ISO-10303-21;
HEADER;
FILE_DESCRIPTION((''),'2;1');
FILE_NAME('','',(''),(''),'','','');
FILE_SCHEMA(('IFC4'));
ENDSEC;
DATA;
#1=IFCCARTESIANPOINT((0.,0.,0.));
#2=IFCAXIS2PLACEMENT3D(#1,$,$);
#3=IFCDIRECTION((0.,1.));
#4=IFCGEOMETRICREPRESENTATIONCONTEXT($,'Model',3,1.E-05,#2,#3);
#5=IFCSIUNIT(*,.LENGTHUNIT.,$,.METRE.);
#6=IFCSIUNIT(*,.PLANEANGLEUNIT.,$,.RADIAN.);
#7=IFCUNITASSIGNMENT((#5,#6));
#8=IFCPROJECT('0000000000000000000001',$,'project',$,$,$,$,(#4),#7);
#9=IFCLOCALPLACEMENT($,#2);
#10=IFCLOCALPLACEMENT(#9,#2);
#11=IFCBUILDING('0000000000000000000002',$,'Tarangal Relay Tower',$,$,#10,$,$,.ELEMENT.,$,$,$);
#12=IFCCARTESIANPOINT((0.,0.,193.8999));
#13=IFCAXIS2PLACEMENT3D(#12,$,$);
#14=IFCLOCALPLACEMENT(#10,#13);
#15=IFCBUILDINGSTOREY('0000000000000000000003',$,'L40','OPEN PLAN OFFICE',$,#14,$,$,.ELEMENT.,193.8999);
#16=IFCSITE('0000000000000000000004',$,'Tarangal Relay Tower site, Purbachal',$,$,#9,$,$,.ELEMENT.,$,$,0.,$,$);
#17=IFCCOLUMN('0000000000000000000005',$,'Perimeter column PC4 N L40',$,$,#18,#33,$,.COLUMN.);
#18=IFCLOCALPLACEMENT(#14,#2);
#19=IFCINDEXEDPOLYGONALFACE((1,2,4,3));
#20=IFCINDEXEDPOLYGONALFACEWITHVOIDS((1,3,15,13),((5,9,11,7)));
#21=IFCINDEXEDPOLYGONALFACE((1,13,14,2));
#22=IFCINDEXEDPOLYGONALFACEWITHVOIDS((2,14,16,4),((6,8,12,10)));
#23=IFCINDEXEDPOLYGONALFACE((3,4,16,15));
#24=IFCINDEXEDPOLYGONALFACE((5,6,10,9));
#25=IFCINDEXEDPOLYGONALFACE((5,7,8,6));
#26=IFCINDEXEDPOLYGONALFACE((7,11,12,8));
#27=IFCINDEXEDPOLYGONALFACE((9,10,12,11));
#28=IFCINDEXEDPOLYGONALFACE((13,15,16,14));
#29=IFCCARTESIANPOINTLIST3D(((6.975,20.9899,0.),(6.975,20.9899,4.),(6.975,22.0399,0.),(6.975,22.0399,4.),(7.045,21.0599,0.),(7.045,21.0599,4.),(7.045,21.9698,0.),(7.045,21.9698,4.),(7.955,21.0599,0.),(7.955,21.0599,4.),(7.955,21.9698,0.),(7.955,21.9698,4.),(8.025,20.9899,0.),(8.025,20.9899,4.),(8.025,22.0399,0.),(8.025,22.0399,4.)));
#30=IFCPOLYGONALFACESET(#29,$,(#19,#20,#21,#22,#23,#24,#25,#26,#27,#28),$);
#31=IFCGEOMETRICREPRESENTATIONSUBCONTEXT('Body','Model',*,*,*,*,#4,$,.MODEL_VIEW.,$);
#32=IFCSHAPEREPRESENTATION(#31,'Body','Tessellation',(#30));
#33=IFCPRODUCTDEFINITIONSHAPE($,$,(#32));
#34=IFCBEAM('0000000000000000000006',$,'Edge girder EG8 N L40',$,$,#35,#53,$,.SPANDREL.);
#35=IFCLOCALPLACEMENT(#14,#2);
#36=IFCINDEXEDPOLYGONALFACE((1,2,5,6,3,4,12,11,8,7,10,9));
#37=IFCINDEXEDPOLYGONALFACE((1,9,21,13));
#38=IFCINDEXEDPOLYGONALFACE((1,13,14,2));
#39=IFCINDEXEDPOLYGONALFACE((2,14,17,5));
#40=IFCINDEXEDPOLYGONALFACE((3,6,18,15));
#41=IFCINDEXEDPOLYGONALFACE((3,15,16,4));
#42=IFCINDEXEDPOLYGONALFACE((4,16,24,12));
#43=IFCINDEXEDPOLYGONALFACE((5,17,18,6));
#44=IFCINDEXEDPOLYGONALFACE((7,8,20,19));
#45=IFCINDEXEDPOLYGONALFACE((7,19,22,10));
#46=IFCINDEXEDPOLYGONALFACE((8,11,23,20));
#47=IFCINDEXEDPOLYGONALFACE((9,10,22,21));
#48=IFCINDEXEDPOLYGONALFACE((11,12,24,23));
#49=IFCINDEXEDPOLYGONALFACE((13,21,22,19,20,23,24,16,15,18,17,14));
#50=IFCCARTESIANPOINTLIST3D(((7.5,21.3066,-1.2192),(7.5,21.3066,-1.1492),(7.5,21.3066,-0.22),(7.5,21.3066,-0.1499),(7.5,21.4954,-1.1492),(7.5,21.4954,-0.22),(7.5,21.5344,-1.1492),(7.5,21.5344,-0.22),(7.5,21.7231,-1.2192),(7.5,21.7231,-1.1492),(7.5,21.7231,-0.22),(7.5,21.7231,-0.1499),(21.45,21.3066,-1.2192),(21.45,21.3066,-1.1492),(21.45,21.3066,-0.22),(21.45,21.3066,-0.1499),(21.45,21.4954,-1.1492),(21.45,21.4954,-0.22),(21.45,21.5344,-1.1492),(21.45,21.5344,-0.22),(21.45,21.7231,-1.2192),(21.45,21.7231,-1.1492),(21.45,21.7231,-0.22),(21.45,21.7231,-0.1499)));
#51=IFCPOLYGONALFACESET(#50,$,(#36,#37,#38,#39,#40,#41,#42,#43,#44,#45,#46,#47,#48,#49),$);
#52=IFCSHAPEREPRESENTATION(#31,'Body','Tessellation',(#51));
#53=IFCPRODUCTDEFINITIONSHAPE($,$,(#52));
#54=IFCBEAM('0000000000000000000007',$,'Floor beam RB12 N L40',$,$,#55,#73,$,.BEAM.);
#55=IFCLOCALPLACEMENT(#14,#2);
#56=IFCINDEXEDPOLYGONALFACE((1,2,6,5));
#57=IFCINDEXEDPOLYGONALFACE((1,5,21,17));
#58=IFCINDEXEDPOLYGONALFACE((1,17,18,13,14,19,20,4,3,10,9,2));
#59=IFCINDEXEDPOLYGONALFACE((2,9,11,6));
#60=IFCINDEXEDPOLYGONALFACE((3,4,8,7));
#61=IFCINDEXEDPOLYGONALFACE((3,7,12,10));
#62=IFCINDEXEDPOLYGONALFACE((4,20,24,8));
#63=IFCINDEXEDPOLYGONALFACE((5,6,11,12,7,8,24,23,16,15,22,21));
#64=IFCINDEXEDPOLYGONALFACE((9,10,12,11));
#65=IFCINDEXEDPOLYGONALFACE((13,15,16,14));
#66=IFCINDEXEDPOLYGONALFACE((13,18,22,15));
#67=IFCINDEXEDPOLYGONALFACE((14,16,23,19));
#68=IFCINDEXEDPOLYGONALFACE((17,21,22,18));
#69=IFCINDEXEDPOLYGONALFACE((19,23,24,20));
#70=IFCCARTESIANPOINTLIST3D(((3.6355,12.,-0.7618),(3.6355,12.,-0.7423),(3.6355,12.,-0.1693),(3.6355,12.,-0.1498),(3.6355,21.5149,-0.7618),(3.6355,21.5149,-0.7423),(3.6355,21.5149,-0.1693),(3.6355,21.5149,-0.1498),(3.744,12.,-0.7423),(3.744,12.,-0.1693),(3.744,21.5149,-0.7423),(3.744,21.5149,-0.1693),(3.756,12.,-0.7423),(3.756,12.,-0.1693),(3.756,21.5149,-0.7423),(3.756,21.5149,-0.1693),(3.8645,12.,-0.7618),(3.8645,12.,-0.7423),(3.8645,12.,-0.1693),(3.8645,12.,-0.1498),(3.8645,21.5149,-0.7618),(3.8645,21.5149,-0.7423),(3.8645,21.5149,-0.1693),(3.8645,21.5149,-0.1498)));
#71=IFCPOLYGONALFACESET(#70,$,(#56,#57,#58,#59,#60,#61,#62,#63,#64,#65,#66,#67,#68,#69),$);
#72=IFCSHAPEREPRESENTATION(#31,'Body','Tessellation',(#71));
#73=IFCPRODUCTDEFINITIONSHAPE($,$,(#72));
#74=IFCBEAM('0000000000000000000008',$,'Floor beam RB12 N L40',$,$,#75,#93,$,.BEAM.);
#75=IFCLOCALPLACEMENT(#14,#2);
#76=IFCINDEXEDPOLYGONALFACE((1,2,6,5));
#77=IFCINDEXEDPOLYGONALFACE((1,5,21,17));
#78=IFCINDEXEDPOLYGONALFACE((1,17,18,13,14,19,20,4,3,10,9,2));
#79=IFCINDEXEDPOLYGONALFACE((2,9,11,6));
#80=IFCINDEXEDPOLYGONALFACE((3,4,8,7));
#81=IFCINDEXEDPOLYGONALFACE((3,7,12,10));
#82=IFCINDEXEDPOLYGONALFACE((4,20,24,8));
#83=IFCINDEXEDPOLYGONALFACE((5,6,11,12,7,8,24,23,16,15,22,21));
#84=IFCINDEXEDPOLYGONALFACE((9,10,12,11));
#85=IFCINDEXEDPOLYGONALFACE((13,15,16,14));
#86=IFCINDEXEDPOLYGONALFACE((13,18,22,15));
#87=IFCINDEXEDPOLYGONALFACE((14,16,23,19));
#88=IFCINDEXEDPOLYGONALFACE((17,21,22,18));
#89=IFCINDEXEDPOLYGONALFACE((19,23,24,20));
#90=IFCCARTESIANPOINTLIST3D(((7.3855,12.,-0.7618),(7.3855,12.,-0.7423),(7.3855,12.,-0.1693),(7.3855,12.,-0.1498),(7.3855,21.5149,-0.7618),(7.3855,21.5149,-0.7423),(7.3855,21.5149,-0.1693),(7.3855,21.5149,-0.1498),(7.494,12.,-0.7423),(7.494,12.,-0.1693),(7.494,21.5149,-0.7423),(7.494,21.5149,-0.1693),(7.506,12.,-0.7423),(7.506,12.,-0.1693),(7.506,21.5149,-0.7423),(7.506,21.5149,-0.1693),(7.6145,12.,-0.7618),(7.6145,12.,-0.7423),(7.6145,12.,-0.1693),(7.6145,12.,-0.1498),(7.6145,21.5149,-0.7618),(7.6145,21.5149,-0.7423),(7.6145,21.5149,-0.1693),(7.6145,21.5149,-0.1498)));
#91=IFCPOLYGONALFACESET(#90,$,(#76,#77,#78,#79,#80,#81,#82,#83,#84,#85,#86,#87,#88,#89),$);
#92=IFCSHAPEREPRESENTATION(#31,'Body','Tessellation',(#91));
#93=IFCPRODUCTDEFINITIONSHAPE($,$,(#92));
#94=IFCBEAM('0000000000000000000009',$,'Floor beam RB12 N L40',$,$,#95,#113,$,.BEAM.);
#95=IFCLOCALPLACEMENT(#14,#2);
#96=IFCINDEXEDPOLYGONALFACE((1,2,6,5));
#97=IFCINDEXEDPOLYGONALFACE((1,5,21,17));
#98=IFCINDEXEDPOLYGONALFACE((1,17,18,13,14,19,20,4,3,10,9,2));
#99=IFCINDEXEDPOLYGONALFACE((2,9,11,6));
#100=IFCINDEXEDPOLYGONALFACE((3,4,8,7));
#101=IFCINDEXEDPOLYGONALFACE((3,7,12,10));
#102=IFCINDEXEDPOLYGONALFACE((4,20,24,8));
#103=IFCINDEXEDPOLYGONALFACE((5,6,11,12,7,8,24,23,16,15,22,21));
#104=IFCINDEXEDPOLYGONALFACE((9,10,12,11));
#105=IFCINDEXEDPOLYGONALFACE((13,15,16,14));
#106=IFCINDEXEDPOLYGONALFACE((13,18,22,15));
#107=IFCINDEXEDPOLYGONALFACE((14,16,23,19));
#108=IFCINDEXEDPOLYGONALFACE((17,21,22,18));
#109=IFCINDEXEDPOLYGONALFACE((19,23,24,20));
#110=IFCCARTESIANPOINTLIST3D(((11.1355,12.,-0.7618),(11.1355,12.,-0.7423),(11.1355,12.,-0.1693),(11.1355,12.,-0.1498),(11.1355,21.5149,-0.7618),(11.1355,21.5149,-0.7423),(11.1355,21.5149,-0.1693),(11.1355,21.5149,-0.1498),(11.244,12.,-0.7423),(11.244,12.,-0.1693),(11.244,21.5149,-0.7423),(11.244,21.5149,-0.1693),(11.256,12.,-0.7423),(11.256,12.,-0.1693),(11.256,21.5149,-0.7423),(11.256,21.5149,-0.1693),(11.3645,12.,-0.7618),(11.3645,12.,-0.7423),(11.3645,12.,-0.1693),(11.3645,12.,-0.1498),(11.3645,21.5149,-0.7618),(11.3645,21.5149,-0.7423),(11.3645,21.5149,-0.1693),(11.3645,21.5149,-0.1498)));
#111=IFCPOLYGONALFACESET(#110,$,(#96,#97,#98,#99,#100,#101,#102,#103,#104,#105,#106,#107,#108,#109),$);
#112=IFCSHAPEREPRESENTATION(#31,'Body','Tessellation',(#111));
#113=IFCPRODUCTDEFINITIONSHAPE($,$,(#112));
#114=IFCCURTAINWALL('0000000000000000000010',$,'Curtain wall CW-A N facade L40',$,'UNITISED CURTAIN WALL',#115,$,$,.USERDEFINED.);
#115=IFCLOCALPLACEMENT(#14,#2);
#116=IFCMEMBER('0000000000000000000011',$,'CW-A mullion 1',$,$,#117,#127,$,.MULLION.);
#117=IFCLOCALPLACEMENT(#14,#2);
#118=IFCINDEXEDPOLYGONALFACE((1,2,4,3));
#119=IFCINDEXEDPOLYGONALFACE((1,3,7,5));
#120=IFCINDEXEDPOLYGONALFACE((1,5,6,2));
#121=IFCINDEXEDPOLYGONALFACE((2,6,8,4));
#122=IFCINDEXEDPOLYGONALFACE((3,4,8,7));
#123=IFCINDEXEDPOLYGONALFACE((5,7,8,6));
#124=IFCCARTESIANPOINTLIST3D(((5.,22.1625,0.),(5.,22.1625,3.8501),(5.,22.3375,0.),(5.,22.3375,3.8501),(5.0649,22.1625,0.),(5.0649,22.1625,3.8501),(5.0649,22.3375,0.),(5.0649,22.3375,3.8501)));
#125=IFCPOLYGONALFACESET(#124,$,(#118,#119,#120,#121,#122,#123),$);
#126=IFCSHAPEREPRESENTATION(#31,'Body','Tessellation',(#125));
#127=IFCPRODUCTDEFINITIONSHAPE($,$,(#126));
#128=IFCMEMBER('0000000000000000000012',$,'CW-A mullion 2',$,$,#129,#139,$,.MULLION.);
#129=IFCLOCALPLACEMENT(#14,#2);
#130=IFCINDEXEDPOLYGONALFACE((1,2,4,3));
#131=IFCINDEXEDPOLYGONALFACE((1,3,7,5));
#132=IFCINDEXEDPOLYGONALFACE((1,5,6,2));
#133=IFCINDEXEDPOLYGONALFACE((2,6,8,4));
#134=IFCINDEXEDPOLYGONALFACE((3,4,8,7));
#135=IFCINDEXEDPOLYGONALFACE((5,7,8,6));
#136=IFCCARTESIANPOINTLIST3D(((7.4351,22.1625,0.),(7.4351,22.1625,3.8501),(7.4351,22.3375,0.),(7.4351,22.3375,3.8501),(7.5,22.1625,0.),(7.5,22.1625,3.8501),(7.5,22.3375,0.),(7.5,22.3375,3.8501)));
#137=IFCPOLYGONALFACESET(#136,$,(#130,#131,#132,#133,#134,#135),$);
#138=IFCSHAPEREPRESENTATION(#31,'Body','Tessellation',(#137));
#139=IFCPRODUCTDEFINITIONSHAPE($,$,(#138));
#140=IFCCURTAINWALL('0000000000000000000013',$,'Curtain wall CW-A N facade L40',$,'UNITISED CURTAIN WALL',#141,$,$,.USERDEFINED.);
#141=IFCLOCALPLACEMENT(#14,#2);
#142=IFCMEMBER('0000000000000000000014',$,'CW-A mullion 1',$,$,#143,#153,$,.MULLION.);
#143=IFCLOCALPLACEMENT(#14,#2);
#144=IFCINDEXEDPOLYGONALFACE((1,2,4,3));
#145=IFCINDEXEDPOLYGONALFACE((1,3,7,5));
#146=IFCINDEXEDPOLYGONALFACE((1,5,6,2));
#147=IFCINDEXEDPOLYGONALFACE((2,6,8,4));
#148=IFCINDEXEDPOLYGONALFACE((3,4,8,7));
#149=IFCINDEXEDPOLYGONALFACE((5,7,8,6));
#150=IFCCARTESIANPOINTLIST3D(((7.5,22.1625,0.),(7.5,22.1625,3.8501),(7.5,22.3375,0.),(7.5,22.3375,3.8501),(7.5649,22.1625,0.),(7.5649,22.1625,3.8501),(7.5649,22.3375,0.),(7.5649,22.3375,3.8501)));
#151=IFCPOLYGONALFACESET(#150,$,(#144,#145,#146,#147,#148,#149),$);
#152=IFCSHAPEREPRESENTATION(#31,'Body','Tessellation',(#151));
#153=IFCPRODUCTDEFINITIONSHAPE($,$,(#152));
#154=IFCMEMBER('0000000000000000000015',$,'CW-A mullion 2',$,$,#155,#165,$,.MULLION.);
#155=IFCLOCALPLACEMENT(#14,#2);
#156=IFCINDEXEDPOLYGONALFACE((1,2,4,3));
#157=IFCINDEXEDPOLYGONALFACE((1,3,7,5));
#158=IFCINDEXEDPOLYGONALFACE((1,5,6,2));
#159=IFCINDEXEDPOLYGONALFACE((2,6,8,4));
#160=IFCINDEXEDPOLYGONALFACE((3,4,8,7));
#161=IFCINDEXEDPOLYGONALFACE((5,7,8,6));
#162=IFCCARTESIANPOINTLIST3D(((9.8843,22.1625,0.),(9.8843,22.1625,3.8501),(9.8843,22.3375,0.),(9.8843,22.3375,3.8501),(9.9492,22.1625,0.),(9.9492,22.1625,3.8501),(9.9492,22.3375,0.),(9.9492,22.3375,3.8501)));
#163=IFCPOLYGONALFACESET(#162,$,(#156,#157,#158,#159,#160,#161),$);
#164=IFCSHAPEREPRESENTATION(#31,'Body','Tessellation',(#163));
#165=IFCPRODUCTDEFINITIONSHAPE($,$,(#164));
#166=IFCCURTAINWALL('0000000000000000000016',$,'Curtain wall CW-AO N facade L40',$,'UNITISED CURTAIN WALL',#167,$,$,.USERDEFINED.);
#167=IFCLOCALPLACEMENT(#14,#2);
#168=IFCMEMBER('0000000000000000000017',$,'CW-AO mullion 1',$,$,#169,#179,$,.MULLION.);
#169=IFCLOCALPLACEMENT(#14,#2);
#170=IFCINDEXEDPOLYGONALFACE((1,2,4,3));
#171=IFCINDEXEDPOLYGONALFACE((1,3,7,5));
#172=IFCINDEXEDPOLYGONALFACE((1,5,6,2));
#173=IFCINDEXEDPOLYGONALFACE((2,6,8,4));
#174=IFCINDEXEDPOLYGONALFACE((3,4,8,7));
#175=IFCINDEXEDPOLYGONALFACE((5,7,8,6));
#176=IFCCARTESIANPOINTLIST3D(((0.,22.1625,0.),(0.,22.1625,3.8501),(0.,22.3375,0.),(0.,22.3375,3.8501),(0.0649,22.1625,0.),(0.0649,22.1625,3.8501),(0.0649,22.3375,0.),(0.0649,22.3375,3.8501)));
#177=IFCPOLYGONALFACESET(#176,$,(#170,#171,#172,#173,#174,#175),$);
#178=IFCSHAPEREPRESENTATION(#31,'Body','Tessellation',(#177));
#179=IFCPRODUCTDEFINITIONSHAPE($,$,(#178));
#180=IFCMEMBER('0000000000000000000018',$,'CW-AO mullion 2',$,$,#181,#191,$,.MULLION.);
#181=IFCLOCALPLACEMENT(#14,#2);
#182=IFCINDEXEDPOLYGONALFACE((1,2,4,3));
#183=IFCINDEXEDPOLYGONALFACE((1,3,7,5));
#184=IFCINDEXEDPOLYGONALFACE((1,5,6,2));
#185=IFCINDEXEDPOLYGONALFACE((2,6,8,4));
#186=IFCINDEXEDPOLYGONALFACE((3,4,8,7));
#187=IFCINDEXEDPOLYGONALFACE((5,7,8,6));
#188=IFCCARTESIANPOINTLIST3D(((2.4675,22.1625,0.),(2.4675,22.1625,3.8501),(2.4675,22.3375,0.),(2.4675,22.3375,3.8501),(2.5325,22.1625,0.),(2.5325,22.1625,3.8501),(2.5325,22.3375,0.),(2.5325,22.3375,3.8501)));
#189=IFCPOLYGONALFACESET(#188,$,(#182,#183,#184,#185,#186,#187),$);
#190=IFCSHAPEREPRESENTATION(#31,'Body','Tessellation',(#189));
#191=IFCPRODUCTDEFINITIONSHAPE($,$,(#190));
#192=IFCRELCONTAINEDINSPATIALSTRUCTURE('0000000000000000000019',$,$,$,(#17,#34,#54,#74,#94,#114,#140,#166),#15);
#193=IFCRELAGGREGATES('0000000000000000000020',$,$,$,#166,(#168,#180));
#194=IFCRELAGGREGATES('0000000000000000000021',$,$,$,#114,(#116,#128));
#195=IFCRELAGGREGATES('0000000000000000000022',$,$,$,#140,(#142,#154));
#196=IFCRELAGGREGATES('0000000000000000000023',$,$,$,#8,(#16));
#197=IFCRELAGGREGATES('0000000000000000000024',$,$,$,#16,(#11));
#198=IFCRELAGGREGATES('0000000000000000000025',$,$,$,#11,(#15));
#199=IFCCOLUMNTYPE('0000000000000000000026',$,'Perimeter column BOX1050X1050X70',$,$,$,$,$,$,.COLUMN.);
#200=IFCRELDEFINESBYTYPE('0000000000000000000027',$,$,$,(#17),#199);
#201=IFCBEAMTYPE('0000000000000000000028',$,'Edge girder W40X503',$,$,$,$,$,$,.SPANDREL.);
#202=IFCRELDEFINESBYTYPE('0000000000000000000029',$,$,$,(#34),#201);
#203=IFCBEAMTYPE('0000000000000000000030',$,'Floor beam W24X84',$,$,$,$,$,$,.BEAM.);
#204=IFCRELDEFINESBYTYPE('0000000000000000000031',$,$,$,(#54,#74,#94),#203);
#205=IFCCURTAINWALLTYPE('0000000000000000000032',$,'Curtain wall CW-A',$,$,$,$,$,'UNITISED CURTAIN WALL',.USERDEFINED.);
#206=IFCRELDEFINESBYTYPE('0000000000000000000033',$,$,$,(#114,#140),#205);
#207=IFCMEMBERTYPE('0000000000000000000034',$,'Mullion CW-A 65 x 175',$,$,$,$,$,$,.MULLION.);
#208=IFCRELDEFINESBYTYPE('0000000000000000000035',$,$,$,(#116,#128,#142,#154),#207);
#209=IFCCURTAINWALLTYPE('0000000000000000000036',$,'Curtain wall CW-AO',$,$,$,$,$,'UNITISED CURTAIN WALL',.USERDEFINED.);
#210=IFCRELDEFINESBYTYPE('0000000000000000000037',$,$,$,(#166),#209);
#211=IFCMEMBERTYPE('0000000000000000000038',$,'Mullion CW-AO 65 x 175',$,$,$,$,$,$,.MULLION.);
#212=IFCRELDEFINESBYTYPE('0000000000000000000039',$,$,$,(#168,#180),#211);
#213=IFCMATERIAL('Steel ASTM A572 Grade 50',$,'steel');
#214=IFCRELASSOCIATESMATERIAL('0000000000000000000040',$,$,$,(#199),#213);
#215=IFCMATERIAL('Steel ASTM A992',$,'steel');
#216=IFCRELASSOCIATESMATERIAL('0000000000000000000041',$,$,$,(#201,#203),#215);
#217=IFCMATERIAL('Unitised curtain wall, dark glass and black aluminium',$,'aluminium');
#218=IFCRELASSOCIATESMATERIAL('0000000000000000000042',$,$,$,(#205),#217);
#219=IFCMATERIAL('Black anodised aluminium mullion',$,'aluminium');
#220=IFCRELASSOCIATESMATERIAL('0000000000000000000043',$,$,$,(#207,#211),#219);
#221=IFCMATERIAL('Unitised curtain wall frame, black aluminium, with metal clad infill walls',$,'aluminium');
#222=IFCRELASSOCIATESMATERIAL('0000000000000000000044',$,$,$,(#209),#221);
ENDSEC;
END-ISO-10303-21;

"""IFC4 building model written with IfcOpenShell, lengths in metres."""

from ifc_helpers import new_model, si_unit, direction, frame, origin, origin_2d, place, context, subcontext, project, spatial, rectangle, hollow_rectangle, i_section, extrude, material, material_profile, profile_set, type_object, element, aggregate, save


model = new_model("IFC4")

# Units and contexts
model_context = context("Model", 3, precision=1e-05, world=origin(), true_north=direction((0.0, 1.0)))
body_context = subcontext(model_context, "Body", "Model", "MODEL_VIEW")
ifc_project = project(units=[si_unit("LENGTHUNIT", "METRE"), si_unit("PLANEANGLEUNIT", "RADIAN")], contexts=[model_context])

# Site, building, storey
site_placement = place(None, origin())
site = spatial("IfcSite", under=ifc_project, at=site_placement, Name="Tarangal Relay Tower site, Purbachal", CompositionType="ELEMENT", RefElevation=0.0)
building_placement = place(site_placement, origin())
building = spatial("IfcBuilding", under=site, at=building_placement, Name="Tarangal Relay Tower", CompositionType="ELEMENT")
storey_placement = place(building_placement, frame((0.0, 0.0, 193.8999)))
storey = spatial("IfcBuildingStorey", under=building, at=storey_placement, Name="L40", Description="OPEN PLAN OFFICE", CompositionType="ELEMENT", Elevation=193.8999)

# Column
ifc_material_1 = material(Name="Steel ASTM A572 Grade 50", Category="steel")
ifc_material_profile_1 = material_profile(ifc_material_1, hollow_rectangle(XDim=1.05, YDim=1.05, WallThickness=0.0701, at=origin_2d()), Name="BOX1050X1050X70")
ifc_profile_set_1 = profile_set([ifc_material_profile_1], Name="Steel ASTM A572 Grade 50")
column_type = type_object("IfcColumnType", Name="Perimeter column BOX1050X1050X70", PredefinedType="COLUMN", material=ifc_profile_set_1)
column_placement = place(storey_placement, frame((7.5, 21.5149, 0.0), z_axis=(0.0, 0.0, 1.0), x_axis=(1.0, 0.0, 0.0)))
element("IfcColumn", 1, at=column_placement, inside=storey, type_object=column_type, Name="Perimeter column PC4 N L40", PredefinedType="COLUMN", context=body_context, shape_type="SweptSolid", body=[
    extrude(hollow_rectangle(XDim=1.05, YDim=1.05, WallThickness=0.0701, at=origin_2d()), origin(), (0.0, 0.0, 1.0), 4.0),
])

# Beams
ifc_material_2 = material(Name="Steel ASTM A992", Category="steel")
ifc_material_profile_2 = material_profile(ifc_material_2, i_section(OverallWidth=0.4165, OverallDepth=1.0693, WebThickness=0.0391, FlangeThickness=0.0701, at=origin_2d()), Name="W40X503")
ifc_profile_set_2 = profile_set([ifc_material_profile_2], Name="Steel ASTM A992")
beam_type_1 = type_object("IfcBeamType", Name="Edge girder W40X503", PredefinedType="SPANDREL", material=ifc_profile_set_2)
beam_placement = place(storey_placement, frame((7.5, 21.5149, -0.6846), z_axis=(1.0, 0.0, 0.0), x_axis=(0.0, 1.0, 0.0)))
element("IfcBeam", 2, at=beam_placement, inside=storey, type_object=beam_type_1, Name="Edge girder EG8 N L40", PredefinedType="SPANDREL", context=body_context, shape_type="SweptSolid", body=[
    extrude(i_section(OverallWidth=0.4165, OverallDepth=1.0693, WebThickness=0.0391, FlangeThickness=0.0701, at=origin_2d()), origin(), (0.0, 0.0, 1.0), 13.95),
])
ifc_material_profile_3 = material_profile(ifc_material_2, i_section(OverallWidth=0.229, OverallDepth=0.6121, WebThickness=0.012, FlangeThickness=0.0195, at=origin_2d()), Name="W24X84")
ifc_profile_set_3 = profile_set([ifc_material_profile_3], Name="Steel ASTM A992")
beam_type_2 = type_object("IfcBeamType", Name="Floor beam W24X84", PredefinedType="BEAM", material=ifc_profile_set_3)
for number, where, z_axis, x_axis, name in (
    (3, (3.75, 12.0, -0.4558), (0.0, 1.0, 0.0), (-1.0, 0.0, 0.0), "Floor beam RB12 N L40"),
    (4, (7.5, 12.0, -0.4558), (0.0, 1.0, 0.0), (-1.0, 0.0, 0.0), "Floor beam RB12 N L40"),
    (5, (11.25, 12.0, -0.4558), (0.0, 1.0, 0.0), (-1.0, 0.0, 0.0), "Floor beam RB12 N L40"),
):
    element("IfcBeam", number, at=place(storey_placement, frame(where, z_axis=z_axis, x_axis=x_axis)), inside=storey, type_object=beam_type_2, Name=name, PredefinedType="BEAM", context=body_context, shape_type="SweptSolid", body=[
        extrude(i_section(OverallWidth=0.229, OverallDepth=0.6121, WebThickness=0.012, FlangeThickness=0.0195, at=origin_2d()), origin(), (0.0, 0.0, 1.0), 9.5149),
    ])

# Curtain walls, members
ifc_material_3 = material(Name="Unitised curtain wall, dark glass and black aluminium", Category="aluminium")
curtain_wall_type_1 = type_object("IfcCurtainWallType", Name="Curtain wall CW-A", ElementType="UNITISED CURTAIN WALL", PredefinedType="USERDEFINED", material=ifc_material_3)
curtain_wall_1_placement = place(storey_placement, origin())
curtain_wall_1 = element("IfcCurtainWall", 6, at=curtain_wall_1_placement, inside=storey, type_object=curtain_wall_type_1, Name="Curtain wall CW-A N facade L40", ObjectType="UNITISED CURTAIN WALL", PredefinedType="USERDEFINED")
ifc_material_4 = material(Name="Black anodised aluminium mullion", Category="aluminium")
ifc_material_profile_4 = material_profile(ifc_material_4, rectangle(XDim=0.175, YDim=0.0649, at=origin_2d()), Name="CW-AM 65X175")
ifc_profile_set_4 = profile_set([ifc_material_profile_4], Name="Black anodised aluminium mullion")
member_type_1 = type_object("IfcMemberType", Name="Mullion CW-A 65 x 175", PredefinedType="MULLION", material=ifc_profile_set_4)
member_1_placement = place(storey_placement, frame((5.0325, 22.25, 0.0), z_axis=(0.0, 0.0, 1.0), x_axis=(0.0, 1.0, 0.0)))
member_1 = element("IfcMember", 7, at=member_1_placement, type_object=member_type_1, Name="CW-A mullion 1", PredefinedType="MULLION", context=body_context, shape_type="SweptSolid", body=[
    extrude(rectangle(XDim=0.175, YDim=0.0649, at=origin_2d()), origin(), (0.0, 0.0, 1.0), 3.8501),
])
member_2_placement = place(storey_placement, frame((7.4675, 22.25, 0.0), z_axis=(0.0, 0.0, 1.0), x_axis=(0.0, 1.0, 0.0)))
member_2 = element("IfcMember", 8, at=member_2_placement, type_object=member_type_1, Name="CW-A mullion 2", PredefinedType="MULLION", context=body_context, shape_type="SweptSolid", body=[
    extrude(rectangle(XDim=0.175, YDim=0.0649, at=origin_2d()), origin(), (0.0, 0.0, 1.0), 3.8501),
])
curtain_wall_2_placement = place(storey_placement, origin())
curtain_wall_2 = element("IfcCurtainWall", 9, at=curtain_wall_2_placement, inside=storey, type_object=curtain_wall_type_1, Name="Curtain wall CW-A N facade L40", ObjectType="UNITISED CURTAIN WALL", PredefinedType="USERDEFINED")
member_3_placement = place(storey_placement, frame((7.5325, 22.25, 0.0), z_axis=(0.0, 0.0, 1.0), x_axis=(0.0, 1.0, 0.0)))
member_3 = element("IfcMember", 10, at=member_3_placement, type_object=member_type_1, Name="CW-A mullion 1", PredefinedType="MULLION", context=body_context, shape_type="SweptSolid", body=[
    extrude(rectangle(XDim=0.175, YDim=0.0649, at=origin_2d()), origin(), (0.0, 0.0, 1.0), 3.8501),
])
member_4_placement = place(storey_placement, frame((9.9167, 22.25, 0.0), z_axis=(0.0, 0.0, 1.0), x_axis=(0.0, 1.0, 0.0)))
member_4 = element("IfcMember", 11, at=member_4_placement, type_object=member_type_1, Name="CW-A mullion 2", PredefinedType="MULLION", context=body_context, shape_type="SweptSolid", body=[
    extrude(rectangle(XDim=0.175, YDim=0.0649, at=origin_2d()), origin(), (0.0, 0.0, 1.0), 3.8501),
])
ifc_material_5 = material(Name="Unitised curtain wall frame, black aluminium, with metal clad infill walls", Category="aluminium")
curtain_wall_type_2 = type_object("IfcCurtainWallType", Name="Curtain wall CW-AO", ElementType="UNITISED CURTAIN WALL", PredefinedType="USERDEFINED", material=ifc_material_5)
curtain_wall_3_placement = place(storey_placement, origin())
curtain_wall_3 = element("IfcCurtainWall", 12, at=curtain_wall_3_placement, inside=storey, type_object=curtain_wall_type_2, Name="Curtain wall CW-AO N facade L40", ObjectType="UNITISED CURTAIN WALL", PredefinedType="USERDEFINED")
ifc_material_profile_5 = material_profile(ifc_material_4, rectangle(XDim=0.175, YDim=0.0649, at=origin_2d()), Name="CW-AOM 65X175")
ifc_profile_set_5 = profile_set([ifc_material_profile_5], Name="Black anodised aluminium mullion")
member_type_2 = type_object("IfcMemberType", Name="Mullion CW-AO 65 x 175", PredefinedType="MULLION", material=ifc_profile_set_5)
member_5_placement = place(storey_placement, frame((0.0325, 22.25, 0.0), z_axis=(0.0, 0.0, 1.0), x_axis=(0.0, 1.0, 0.0)))
member_5 = element("IfcMember", 13, at=member_5_placement, type_object=member_type_2, Name="CW-AO mullion 1", PredefinedType="MULLION", context=body_context, shape_type="SweptSolid", body=[
    extrude(rectangle(XDim=0.175, YDim=0.0649, at=origin_2d()), origin(), (0.0, 0.0, 1.0), 3.8501),
])
member_6_placement = place(storey_placement, frame((2.5, 22.25, 0.0), z_axis=(0.0, 0.0, 1.0), x_axis=(0.0, 1.0, 0.0)))
member_6 = element("IfcMember", 14, at=member_6_placement, type_object=member_type_2, Name="CW-AO mullion 2", PredefinedType="MULLION", context=body_context, shape_type="SweptSolid", body=[
    extrude(rectangle(XDim=0.175, YDim=0.0649, at=origin_2d()), origin(), (0.0, 0.0, 1.0), 3.8501),
])

aggregate(curtain_wall_3, [member_5, member_6])

aggregate(curtain_wall_1, [member_1, member_2])
aggregate(curtain_wall_2, [member_3, member_4])

save(model, "model.ifc")
